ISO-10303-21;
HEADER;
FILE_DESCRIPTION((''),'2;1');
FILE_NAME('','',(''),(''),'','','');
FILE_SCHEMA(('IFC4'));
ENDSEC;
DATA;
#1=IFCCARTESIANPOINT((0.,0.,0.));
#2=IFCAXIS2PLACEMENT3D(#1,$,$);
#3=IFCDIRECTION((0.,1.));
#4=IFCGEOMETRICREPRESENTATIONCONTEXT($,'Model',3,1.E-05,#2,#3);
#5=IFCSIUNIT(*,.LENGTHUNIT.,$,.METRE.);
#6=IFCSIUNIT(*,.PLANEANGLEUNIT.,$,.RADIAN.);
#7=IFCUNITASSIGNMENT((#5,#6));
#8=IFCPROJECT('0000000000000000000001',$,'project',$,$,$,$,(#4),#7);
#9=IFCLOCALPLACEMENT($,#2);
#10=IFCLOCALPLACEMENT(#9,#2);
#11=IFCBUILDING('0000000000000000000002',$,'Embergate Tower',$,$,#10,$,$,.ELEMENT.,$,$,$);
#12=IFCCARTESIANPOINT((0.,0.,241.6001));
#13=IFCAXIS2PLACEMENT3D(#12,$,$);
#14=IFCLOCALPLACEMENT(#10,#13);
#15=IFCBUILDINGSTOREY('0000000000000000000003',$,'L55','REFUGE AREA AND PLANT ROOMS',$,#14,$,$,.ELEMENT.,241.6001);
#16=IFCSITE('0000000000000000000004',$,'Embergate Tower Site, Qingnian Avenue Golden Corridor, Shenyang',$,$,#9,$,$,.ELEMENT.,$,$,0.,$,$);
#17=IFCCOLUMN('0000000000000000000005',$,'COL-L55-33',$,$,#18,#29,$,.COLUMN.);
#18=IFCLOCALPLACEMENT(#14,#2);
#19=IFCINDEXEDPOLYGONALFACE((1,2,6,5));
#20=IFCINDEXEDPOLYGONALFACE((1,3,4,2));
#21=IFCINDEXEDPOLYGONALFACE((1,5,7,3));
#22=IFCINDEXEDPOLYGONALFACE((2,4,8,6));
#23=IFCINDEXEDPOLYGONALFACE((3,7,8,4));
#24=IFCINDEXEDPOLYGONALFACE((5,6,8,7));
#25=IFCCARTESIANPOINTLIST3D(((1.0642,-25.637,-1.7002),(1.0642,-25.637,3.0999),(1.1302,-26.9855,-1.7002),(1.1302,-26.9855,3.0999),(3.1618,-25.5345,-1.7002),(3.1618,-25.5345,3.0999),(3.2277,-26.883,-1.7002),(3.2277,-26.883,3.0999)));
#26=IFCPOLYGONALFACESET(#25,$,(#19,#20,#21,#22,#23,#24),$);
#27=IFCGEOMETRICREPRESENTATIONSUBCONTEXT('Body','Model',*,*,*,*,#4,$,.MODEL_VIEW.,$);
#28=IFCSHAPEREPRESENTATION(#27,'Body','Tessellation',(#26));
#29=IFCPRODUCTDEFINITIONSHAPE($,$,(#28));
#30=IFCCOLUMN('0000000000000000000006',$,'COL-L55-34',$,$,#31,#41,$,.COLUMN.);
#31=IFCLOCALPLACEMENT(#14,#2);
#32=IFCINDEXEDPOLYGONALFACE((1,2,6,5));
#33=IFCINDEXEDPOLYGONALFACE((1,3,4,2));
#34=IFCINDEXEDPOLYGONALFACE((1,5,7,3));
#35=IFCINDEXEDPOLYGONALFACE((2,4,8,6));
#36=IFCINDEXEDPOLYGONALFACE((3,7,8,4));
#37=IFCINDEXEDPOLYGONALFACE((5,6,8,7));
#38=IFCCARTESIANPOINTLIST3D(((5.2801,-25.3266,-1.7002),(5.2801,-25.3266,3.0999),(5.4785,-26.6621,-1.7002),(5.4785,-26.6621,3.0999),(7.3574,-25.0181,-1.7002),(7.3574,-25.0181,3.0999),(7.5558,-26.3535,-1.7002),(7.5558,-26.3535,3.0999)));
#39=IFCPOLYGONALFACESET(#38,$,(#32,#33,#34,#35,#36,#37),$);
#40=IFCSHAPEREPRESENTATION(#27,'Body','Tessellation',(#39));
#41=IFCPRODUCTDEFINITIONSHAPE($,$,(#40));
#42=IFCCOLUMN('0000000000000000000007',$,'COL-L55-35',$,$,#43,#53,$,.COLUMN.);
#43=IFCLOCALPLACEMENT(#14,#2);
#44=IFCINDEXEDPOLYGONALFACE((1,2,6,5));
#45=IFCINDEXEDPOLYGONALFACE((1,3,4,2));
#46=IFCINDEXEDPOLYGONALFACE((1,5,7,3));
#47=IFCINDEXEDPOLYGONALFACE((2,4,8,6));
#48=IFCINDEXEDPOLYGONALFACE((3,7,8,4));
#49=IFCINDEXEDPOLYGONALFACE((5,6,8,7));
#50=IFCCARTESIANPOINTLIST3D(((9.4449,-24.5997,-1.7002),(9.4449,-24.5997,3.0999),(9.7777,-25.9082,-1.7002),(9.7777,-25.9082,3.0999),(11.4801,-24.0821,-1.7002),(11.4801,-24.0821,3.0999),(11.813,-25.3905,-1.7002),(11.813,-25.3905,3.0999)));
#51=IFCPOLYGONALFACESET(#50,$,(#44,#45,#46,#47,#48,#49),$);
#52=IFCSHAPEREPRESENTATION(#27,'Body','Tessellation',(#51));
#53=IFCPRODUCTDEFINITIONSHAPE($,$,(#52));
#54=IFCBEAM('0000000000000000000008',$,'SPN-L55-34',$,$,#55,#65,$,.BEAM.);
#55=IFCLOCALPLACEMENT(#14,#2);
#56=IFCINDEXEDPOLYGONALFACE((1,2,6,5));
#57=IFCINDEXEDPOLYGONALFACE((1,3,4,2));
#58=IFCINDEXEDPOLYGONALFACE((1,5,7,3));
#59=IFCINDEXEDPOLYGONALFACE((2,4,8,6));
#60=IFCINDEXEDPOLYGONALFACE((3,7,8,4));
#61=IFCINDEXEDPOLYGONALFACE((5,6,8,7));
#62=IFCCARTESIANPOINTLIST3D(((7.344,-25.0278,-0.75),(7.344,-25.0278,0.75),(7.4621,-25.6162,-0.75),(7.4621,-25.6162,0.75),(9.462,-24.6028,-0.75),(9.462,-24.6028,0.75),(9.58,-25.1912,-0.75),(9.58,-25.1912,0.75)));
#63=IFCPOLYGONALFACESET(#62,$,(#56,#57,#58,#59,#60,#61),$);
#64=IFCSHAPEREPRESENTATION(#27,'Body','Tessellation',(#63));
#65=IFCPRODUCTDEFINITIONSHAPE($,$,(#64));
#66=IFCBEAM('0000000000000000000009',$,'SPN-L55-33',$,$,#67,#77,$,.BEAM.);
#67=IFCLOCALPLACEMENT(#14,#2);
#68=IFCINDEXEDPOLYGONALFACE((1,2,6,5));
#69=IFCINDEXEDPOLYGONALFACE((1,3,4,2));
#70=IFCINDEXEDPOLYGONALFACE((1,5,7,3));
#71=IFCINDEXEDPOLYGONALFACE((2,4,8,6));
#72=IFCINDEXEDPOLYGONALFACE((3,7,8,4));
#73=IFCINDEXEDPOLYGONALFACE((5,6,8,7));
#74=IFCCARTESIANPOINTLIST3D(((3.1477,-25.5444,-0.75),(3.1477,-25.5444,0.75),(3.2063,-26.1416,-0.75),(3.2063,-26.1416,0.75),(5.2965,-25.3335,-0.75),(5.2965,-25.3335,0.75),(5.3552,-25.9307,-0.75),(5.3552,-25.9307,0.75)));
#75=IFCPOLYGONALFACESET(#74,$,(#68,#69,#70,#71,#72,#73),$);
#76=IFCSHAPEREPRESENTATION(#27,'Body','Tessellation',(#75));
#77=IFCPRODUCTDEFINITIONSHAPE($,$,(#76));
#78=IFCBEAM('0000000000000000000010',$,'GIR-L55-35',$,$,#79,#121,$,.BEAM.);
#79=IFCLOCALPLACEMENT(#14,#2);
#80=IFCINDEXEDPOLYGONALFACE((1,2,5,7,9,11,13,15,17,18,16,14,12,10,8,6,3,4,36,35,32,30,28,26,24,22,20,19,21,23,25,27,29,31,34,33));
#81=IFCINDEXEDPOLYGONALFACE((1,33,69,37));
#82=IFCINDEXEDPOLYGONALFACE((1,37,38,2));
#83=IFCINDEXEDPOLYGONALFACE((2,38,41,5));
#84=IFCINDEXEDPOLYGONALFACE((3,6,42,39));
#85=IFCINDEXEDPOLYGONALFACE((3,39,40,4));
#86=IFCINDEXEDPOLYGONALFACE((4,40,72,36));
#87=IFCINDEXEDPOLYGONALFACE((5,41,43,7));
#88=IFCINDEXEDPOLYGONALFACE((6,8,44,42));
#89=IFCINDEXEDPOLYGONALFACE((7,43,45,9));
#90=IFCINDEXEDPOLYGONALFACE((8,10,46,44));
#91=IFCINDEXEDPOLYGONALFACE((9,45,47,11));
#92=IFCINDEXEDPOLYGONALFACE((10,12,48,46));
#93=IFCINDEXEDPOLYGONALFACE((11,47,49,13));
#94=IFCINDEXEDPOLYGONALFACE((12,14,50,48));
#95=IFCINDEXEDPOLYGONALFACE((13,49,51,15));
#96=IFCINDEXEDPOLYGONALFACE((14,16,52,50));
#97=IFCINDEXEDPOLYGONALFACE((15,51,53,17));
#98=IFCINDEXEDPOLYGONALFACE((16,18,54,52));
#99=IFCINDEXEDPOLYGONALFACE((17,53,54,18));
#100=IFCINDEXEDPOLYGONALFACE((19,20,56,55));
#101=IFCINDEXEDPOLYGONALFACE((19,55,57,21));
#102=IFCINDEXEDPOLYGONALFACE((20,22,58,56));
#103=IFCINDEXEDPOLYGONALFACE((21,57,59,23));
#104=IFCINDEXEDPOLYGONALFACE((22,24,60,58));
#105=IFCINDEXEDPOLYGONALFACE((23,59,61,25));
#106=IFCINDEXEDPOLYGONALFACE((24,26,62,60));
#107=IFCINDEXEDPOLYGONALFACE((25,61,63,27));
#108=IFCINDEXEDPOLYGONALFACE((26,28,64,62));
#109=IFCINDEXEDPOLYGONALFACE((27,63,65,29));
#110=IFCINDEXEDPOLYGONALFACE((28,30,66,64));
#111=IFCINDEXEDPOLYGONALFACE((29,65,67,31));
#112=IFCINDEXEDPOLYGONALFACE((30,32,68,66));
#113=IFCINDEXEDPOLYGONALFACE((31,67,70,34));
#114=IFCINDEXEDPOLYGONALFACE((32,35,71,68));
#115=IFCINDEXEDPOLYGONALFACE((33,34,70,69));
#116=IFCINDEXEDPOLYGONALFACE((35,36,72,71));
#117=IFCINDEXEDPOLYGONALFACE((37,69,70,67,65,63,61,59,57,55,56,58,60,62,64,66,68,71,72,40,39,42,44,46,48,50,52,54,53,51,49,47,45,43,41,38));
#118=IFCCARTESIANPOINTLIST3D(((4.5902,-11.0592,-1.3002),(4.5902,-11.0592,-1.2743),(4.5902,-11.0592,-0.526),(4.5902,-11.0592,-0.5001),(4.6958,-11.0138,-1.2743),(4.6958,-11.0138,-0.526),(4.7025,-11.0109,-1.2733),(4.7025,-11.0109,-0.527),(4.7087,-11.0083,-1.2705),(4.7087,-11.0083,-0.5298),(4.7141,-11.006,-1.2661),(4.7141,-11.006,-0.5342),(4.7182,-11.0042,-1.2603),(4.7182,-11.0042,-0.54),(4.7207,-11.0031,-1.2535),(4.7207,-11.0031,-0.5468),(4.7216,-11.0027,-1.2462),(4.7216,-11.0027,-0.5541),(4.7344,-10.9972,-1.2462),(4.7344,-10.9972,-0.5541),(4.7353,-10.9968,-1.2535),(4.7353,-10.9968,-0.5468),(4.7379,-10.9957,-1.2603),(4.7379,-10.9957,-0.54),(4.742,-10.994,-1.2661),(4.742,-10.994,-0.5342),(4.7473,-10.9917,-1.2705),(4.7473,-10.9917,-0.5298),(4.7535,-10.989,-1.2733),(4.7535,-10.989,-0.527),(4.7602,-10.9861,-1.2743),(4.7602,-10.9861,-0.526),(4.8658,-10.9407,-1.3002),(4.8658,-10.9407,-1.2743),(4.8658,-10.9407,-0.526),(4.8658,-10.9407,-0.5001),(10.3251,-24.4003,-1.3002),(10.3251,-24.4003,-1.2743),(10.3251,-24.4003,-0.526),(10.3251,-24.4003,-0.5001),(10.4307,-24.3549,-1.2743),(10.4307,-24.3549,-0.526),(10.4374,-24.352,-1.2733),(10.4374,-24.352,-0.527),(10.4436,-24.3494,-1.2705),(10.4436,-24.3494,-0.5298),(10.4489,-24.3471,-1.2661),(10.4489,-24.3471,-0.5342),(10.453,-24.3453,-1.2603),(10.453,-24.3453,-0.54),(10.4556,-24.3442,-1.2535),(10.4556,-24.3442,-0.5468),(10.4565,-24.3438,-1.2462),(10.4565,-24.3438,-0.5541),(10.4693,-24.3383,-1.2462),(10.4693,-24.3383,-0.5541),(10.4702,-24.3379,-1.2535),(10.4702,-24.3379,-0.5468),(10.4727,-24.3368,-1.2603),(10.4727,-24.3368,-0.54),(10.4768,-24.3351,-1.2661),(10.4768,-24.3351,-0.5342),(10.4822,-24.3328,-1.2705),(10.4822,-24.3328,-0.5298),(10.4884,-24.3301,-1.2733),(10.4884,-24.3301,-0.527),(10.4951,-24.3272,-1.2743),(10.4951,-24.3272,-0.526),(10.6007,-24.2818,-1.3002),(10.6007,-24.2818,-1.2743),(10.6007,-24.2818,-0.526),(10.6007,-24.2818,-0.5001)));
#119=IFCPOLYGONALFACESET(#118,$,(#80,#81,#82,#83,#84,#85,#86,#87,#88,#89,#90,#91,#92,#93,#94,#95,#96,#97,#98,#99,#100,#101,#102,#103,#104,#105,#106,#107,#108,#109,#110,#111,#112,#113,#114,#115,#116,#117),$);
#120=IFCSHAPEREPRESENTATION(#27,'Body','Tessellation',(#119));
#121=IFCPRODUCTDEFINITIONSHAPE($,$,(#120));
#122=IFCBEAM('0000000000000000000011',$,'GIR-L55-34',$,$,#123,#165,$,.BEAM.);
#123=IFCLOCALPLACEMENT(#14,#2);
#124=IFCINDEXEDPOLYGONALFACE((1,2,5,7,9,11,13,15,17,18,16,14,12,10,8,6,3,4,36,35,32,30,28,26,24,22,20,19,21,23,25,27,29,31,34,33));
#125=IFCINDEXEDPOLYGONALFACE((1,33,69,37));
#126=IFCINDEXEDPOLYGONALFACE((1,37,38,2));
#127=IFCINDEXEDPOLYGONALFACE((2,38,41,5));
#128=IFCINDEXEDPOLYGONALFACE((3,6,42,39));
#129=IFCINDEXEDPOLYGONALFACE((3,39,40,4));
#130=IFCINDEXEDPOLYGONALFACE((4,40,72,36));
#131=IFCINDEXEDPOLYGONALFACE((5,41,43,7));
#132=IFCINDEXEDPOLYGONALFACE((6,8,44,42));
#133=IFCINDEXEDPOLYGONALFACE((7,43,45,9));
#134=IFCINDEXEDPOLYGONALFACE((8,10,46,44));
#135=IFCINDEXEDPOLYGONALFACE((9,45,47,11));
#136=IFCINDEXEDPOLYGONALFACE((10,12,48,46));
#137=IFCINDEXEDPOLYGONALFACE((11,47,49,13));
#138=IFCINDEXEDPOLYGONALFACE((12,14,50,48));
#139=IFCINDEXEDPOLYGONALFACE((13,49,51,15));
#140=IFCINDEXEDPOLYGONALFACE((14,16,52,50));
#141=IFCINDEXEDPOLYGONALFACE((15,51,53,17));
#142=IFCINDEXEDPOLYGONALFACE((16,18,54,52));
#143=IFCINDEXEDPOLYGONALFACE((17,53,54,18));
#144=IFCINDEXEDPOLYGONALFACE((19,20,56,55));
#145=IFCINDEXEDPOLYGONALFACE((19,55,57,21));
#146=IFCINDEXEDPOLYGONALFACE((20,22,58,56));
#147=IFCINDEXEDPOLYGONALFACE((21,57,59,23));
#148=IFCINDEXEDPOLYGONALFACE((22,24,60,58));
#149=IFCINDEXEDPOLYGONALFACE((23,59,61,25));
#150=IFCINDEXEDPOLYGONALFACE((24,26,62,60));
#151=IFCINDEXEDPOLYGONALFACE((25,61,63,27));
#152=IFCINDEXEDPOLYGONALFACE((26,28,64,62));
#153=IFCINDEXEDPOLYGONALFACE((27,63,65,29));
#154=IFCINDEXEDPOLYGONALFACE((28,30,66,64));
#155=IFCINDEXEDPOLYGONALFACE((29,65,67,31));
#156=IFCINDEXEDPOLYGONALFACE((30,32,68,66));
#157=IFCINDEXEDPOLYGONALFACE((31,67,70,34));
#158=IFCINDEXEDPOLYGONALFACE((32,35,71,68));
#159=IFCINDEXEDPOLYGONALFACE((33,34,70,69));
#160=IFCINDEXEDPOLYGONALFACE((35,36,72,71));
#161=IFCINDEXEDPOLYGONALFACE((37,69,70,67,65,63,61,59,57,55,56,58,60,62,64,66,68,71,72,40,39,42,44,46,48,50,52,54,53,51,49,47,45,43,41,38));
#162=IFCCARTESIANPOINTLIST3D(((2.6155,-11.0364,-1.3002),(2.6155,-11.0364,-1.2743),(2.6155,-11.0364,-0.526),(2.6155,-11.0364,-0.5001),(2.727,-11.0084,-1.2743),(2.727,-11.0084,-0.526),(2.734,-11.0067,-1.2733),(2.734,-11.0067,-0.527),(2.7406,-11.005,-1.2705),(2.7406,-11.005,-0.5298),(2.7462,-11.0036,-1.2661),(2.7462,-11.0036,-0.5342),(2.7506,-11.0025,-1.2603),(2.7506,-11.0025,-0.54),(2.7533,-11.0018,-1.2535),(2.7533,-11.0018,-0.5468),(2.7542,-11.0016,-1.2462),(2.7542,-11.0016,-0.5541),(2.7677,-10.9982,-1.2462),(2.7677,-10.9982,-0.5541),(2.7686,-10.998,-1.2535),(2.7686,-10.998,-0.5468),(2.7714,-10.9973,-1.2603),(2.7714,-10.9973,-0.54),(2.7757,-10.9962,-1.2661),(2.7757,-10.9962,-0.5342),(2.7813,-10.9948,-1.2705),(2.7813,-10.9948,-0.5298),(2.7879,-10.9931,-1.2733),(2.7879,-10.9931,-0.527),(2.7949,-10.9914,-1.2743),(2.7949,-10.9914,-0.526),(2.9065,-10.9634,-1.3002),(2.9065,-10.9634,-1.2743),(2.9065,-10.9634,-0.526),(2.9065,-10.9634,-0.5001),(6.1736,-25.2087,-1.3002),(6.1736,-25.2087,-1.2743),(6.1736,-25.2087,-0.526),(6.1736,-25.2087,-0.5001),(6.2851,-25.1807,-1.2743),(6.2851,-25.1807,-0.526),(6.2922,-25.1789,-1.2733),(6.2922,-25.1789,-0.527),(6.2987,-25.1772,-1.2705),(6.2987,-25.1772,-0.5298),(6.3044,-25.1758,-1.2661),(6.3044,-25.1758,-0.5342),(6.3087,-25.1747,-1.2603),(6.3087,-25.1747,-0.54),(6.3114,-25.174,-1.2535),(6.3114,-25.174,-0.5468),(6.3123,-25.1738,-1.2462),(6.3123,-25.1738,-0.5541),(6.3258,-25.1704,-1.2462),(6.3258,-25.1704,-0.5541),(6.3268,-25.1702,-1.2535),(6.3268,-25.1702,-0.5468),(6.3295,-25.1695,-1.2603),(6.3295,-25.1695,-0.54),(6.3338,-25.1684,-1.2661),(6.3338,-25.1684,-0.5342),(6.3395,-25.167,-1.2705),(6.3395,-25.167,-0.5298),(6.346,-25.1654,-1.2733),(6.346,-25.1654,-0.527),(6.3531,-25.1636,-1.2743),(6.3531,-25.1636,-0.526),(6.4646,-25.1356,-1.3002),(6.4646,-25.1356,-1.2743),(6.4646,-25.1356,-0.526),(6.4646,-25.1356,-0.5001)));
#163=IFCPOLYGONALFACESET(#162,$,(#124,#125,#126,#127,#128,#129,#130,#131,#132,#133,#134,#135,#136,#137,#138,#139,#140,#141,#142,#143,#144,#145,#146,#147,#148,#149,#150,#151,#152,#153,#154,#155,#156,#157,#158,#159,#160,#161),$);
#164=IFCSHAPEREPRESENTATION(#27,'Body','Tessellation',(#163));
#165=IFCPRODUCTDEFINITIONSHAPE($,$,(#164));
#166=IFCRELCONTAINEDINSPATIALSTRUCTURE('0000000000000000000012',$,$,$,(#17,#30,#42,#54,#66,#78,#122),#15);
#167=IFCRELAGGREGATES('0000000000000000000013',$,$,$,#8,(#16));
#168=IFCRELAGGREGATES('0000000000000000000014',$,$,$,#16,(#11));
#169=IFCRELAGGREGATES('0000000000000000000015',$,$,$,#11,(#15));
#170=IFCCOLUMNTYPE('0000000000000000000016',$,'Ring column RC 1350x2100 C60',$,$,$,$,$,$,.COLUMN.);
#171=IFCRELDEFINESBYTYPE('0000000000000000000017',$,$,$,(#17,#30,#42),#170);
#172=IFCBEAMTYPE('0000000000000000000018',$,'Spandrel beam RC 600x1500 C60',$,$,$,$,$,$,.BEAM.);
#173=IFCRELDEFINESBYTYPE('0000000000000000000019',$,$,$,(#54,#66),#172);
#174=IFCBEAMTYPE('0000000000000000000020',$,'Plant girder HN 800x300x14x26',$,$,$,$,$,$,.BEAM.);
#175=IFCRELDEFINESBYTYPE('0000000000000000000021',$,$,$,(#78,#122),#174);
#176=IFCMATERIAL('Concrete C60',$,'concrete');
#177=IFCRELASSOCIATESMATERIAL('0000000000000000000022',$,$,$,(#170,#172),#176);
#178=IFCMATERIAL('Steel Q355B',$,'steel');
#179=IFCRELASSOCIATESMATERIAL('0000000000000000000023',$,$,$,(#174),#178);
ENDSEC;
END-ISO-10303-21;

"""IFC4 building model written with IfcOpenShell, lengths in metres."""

from ifc_helpers import new_model, si_unit, direction, frame, origin, origin_2d, place, context, subcontext, project, spatial, rectangle, i_section, extrude, source, transform, mapped, material, material_profile, profile_set, type_object, element, save


model = new_model("IFC4")

# Units and contexts
model_context = context("Model", 3, precision=1e-05, world=origin(), true_north=direction((0.0, 1.0)))
body_context = subcontext(model_context, "Body", "Model", "MODEL_VIEW")
ifc_project = project(units=[si_unit("LENGTHUNIT", "METRE"), si_unit("PLANEANGLEUNIT", "RADIAN")], contexts=[model_context])

# Site, building, storey
site_placement = place(None, origin())
site = spatial("IfcSite", under=ifc_project, at=site_placement, Name="Embergate Tower Site, Qingnian Avenue Golden Corridor, Shenyang", CompositionType="ELEMENT", RefElevation=0.0)
building_placement = place(site_placement, origin())
building = spatial("IfcBuilding", under=site, at=building_placement, Name="Embergate Tower", CompositionType="ELEMENT")
storey_placement = place(building_placement, frame((0.0, 0.0, 241.6001)))
storey = spatial("IfcBuildingStorey", under=building, at=storey_placement, Name="L55", Description="REFUGE AREA AND PLANT ROOMS", CompositionType="ELEMENT", Elevation=241.6001)

# Columns
ifc_material_1 = material(Name="Concrete C60", Category="concrete")
ifc_material_profile_1 = material_profile(ifc_material_1, rectangle(XDim=1.3501, YDim=2.1001, at=origin_2d()), Name="RC 1350x2100")
ifc_profile_set_1 = profile_set([ifc_material_profile_1], Name="Concrete C60")
column_type = type_object("IfcColumnType", Name="Ring column RC 1350x2100 C60", PredefinedType="COLUMN", material=ifc_profile_set_1)
shared_shape_1 = source(origin(), body_context, "Body", "SweptSolid", [
    extrude(rectangle(XDim=1.3501, YDim=2.1001, at=origin_2d()), origin(), (0.0, 0.0, 1.0), 4.8),
])
for number, where, z_axis, x_axis, name in (
    (1, (2.146, -26.26, -1.7002), (0.0, 0.0, 1.0), (0.048815, -0.998808, 0.0), "COL-L55-33"),
    (2, (6.418, -25.8401, -1.7002), (0.0, 0.0, 1.0), (0.146929, -0.989147, 0.0), "COL-L55-34"),
    (3, (10.6289, -24.9951, -1.7002), (0.0, 0.0, 1.0), (0.246509, -0.969141, 0.0), "COL-L55-35"),
):
    element("IfcColumn", number, at=place(storey_placement, frame(where, z_axis=z_axis, x_axis=x_axis)), inside=storey, type_object=column_type, Name=name, PredefinedType="COLUMN", context=body_context, shape_type="MappedRepresentation", body=[
        mapped(shared_shape_1, transform((0.0, 0.0, 0.0))),
    ])

# Beams
ifc_material_profile_2 = material_profile(ifc_material_1, rectangle(XDim=0.6001, YDim=1.5, at=origin_2d()), Name="RC 600x1500")
ifc_profile_set_2 = profile_set([ifc_material_profile_2], Name="Concrete C60")
beam_type_1 = type_object("IfcBeamType", Name="Spandrel beam RC 600x1500 C60", PredefinedType="BEAM", material=ifc_profile_set_2)
shared_shape_2 = source(origin(), body_context, "Body", "SweptSolid", [
    extrude(rectangle(XDim=0.6001, YDim=1.5, at=origin_2d()), origin(), (0.0, 0.0, 1.0), 2.1602),
])
beam_1_placement = place(storey_placement, frame((7.4031, -25.322, 0.0), z_axis=(0.98045, 0.196768, 0.0), x_axis=(-0.196768, 0.98045, 0.0)))
element("IfcBeam", 4, at=beam_1_placement, inside=storey, type_object=beam_type_1, Name="SPN-L55-34", PredefinedType="BEAM", context=body_context, shape_type="MappedRepresentation", body=[
    mapped(shared_shape_2, transform((0.0, 0.0, 0.0))),
])
shared_shape_3 = source(origin(), body_context, "Body", "SweptSolid", [
    extrude(rectangle(XDim=0.6001, YDim=1.5, at=origin_2d()), origin(), (0.0, 0.0, 1.0), 2.1592),
])
beam_2_placement = place(storey_placement, frame((3.177, -25.843, 0.0), z_axis=(0.995217, 0.09769, 0.0), x_axis=(-0.09769, 0.995217, 0.0)))
element("IfcBeam", 5, at=beam_2_placement, inside=storey, type_object=beam_type_1, Name="SPN-L55-33", PredefinedType="BEAM", context=body_context, shape_type="MappedRepresentation", body=[
    mapped(shared_shape_3, transform((0.0, 0.0, 0.0))),
])
ifc_material_2 = material(Name="Steel Q355B", Category="steel")
ifc_material_profile_3 = material_profile(ifc_material_2, i_section(OverallWidth=0.3, OverallDepth=0.8, WebThickness=0.0139, FlangeThickness=0.0259, FilletRadius=0.0281, at=origin_2d()), Name="HN 800x300x14x26")
ifc_profile_set_3 = profile_set([ifc_material_profile_3], Name="Steel Q355 grade B")
beam_type_2 = type_object("IfcBeamType", Name="Plant girder HN 800x300x14x26", PredefinedType="BEAM", material=ifc_profile_set_3)
shared_shape_4 = source(origin(), body_context, "Body", "SweptSolid", [
    extrude(i_section(OverallWidth=0.3, OverallDepth=0.8, WebThickness=0.0139, FlangeThickness=0.0259, FilletRadius=0.0281, at=origin_2d()), origin(), (0.0, 0.0, 1.0), 14.5215),
])
beam_3_placement = place(storey_placement, frame((10.4629, -24.3411, -0.9001), z_axis=(-0.394923, 0.918714, 0.0), x_axis=(-0.918714, -0.394923, 0.0)))
element("IfcBeam", 6, at=beam_3_placement, inside=storey, type_object=beam_type_2, Name="GIR-L55-35", PredefinedType="BEAM", context=body_context, shape_type="MappedRepresentation", body=[
    mapped(shared_shape_4, transform((0.0, 0.0, 0.0))),
])
shared_shape_5 = source(origin(), body_context, "Body", "SweptSolid", [
    extrude(i_section(OverallWidth=0.3, OverallDepth=0.8, WebThickness=0.0139, FlangeThickness=0.0259, FilletRadius=0.0281, at=origin_2d()), origin(), (0.0, 0.0, 1.0), 14.6121),
])
beam_4_placement = place(storey_placement, frame((6.3191, -25.1721, -0.9001), z_axis=(-0.243507, 0.969899, 0.0), x_axis=(-0.969899, -0.243507, 0.0)))
element("IfcBeam", 7, at=beam_4_placement, inside=storey, type_object=beam_type_2, Name="GIR-L55-34", PredefinedType="BEAM", context=body_context, shape_type="MappedRepresentation", body=[
    mapped(shared_shape_5, transform((0.0, 0.0, 0.0))),
])

save(model, "model.ifc")
